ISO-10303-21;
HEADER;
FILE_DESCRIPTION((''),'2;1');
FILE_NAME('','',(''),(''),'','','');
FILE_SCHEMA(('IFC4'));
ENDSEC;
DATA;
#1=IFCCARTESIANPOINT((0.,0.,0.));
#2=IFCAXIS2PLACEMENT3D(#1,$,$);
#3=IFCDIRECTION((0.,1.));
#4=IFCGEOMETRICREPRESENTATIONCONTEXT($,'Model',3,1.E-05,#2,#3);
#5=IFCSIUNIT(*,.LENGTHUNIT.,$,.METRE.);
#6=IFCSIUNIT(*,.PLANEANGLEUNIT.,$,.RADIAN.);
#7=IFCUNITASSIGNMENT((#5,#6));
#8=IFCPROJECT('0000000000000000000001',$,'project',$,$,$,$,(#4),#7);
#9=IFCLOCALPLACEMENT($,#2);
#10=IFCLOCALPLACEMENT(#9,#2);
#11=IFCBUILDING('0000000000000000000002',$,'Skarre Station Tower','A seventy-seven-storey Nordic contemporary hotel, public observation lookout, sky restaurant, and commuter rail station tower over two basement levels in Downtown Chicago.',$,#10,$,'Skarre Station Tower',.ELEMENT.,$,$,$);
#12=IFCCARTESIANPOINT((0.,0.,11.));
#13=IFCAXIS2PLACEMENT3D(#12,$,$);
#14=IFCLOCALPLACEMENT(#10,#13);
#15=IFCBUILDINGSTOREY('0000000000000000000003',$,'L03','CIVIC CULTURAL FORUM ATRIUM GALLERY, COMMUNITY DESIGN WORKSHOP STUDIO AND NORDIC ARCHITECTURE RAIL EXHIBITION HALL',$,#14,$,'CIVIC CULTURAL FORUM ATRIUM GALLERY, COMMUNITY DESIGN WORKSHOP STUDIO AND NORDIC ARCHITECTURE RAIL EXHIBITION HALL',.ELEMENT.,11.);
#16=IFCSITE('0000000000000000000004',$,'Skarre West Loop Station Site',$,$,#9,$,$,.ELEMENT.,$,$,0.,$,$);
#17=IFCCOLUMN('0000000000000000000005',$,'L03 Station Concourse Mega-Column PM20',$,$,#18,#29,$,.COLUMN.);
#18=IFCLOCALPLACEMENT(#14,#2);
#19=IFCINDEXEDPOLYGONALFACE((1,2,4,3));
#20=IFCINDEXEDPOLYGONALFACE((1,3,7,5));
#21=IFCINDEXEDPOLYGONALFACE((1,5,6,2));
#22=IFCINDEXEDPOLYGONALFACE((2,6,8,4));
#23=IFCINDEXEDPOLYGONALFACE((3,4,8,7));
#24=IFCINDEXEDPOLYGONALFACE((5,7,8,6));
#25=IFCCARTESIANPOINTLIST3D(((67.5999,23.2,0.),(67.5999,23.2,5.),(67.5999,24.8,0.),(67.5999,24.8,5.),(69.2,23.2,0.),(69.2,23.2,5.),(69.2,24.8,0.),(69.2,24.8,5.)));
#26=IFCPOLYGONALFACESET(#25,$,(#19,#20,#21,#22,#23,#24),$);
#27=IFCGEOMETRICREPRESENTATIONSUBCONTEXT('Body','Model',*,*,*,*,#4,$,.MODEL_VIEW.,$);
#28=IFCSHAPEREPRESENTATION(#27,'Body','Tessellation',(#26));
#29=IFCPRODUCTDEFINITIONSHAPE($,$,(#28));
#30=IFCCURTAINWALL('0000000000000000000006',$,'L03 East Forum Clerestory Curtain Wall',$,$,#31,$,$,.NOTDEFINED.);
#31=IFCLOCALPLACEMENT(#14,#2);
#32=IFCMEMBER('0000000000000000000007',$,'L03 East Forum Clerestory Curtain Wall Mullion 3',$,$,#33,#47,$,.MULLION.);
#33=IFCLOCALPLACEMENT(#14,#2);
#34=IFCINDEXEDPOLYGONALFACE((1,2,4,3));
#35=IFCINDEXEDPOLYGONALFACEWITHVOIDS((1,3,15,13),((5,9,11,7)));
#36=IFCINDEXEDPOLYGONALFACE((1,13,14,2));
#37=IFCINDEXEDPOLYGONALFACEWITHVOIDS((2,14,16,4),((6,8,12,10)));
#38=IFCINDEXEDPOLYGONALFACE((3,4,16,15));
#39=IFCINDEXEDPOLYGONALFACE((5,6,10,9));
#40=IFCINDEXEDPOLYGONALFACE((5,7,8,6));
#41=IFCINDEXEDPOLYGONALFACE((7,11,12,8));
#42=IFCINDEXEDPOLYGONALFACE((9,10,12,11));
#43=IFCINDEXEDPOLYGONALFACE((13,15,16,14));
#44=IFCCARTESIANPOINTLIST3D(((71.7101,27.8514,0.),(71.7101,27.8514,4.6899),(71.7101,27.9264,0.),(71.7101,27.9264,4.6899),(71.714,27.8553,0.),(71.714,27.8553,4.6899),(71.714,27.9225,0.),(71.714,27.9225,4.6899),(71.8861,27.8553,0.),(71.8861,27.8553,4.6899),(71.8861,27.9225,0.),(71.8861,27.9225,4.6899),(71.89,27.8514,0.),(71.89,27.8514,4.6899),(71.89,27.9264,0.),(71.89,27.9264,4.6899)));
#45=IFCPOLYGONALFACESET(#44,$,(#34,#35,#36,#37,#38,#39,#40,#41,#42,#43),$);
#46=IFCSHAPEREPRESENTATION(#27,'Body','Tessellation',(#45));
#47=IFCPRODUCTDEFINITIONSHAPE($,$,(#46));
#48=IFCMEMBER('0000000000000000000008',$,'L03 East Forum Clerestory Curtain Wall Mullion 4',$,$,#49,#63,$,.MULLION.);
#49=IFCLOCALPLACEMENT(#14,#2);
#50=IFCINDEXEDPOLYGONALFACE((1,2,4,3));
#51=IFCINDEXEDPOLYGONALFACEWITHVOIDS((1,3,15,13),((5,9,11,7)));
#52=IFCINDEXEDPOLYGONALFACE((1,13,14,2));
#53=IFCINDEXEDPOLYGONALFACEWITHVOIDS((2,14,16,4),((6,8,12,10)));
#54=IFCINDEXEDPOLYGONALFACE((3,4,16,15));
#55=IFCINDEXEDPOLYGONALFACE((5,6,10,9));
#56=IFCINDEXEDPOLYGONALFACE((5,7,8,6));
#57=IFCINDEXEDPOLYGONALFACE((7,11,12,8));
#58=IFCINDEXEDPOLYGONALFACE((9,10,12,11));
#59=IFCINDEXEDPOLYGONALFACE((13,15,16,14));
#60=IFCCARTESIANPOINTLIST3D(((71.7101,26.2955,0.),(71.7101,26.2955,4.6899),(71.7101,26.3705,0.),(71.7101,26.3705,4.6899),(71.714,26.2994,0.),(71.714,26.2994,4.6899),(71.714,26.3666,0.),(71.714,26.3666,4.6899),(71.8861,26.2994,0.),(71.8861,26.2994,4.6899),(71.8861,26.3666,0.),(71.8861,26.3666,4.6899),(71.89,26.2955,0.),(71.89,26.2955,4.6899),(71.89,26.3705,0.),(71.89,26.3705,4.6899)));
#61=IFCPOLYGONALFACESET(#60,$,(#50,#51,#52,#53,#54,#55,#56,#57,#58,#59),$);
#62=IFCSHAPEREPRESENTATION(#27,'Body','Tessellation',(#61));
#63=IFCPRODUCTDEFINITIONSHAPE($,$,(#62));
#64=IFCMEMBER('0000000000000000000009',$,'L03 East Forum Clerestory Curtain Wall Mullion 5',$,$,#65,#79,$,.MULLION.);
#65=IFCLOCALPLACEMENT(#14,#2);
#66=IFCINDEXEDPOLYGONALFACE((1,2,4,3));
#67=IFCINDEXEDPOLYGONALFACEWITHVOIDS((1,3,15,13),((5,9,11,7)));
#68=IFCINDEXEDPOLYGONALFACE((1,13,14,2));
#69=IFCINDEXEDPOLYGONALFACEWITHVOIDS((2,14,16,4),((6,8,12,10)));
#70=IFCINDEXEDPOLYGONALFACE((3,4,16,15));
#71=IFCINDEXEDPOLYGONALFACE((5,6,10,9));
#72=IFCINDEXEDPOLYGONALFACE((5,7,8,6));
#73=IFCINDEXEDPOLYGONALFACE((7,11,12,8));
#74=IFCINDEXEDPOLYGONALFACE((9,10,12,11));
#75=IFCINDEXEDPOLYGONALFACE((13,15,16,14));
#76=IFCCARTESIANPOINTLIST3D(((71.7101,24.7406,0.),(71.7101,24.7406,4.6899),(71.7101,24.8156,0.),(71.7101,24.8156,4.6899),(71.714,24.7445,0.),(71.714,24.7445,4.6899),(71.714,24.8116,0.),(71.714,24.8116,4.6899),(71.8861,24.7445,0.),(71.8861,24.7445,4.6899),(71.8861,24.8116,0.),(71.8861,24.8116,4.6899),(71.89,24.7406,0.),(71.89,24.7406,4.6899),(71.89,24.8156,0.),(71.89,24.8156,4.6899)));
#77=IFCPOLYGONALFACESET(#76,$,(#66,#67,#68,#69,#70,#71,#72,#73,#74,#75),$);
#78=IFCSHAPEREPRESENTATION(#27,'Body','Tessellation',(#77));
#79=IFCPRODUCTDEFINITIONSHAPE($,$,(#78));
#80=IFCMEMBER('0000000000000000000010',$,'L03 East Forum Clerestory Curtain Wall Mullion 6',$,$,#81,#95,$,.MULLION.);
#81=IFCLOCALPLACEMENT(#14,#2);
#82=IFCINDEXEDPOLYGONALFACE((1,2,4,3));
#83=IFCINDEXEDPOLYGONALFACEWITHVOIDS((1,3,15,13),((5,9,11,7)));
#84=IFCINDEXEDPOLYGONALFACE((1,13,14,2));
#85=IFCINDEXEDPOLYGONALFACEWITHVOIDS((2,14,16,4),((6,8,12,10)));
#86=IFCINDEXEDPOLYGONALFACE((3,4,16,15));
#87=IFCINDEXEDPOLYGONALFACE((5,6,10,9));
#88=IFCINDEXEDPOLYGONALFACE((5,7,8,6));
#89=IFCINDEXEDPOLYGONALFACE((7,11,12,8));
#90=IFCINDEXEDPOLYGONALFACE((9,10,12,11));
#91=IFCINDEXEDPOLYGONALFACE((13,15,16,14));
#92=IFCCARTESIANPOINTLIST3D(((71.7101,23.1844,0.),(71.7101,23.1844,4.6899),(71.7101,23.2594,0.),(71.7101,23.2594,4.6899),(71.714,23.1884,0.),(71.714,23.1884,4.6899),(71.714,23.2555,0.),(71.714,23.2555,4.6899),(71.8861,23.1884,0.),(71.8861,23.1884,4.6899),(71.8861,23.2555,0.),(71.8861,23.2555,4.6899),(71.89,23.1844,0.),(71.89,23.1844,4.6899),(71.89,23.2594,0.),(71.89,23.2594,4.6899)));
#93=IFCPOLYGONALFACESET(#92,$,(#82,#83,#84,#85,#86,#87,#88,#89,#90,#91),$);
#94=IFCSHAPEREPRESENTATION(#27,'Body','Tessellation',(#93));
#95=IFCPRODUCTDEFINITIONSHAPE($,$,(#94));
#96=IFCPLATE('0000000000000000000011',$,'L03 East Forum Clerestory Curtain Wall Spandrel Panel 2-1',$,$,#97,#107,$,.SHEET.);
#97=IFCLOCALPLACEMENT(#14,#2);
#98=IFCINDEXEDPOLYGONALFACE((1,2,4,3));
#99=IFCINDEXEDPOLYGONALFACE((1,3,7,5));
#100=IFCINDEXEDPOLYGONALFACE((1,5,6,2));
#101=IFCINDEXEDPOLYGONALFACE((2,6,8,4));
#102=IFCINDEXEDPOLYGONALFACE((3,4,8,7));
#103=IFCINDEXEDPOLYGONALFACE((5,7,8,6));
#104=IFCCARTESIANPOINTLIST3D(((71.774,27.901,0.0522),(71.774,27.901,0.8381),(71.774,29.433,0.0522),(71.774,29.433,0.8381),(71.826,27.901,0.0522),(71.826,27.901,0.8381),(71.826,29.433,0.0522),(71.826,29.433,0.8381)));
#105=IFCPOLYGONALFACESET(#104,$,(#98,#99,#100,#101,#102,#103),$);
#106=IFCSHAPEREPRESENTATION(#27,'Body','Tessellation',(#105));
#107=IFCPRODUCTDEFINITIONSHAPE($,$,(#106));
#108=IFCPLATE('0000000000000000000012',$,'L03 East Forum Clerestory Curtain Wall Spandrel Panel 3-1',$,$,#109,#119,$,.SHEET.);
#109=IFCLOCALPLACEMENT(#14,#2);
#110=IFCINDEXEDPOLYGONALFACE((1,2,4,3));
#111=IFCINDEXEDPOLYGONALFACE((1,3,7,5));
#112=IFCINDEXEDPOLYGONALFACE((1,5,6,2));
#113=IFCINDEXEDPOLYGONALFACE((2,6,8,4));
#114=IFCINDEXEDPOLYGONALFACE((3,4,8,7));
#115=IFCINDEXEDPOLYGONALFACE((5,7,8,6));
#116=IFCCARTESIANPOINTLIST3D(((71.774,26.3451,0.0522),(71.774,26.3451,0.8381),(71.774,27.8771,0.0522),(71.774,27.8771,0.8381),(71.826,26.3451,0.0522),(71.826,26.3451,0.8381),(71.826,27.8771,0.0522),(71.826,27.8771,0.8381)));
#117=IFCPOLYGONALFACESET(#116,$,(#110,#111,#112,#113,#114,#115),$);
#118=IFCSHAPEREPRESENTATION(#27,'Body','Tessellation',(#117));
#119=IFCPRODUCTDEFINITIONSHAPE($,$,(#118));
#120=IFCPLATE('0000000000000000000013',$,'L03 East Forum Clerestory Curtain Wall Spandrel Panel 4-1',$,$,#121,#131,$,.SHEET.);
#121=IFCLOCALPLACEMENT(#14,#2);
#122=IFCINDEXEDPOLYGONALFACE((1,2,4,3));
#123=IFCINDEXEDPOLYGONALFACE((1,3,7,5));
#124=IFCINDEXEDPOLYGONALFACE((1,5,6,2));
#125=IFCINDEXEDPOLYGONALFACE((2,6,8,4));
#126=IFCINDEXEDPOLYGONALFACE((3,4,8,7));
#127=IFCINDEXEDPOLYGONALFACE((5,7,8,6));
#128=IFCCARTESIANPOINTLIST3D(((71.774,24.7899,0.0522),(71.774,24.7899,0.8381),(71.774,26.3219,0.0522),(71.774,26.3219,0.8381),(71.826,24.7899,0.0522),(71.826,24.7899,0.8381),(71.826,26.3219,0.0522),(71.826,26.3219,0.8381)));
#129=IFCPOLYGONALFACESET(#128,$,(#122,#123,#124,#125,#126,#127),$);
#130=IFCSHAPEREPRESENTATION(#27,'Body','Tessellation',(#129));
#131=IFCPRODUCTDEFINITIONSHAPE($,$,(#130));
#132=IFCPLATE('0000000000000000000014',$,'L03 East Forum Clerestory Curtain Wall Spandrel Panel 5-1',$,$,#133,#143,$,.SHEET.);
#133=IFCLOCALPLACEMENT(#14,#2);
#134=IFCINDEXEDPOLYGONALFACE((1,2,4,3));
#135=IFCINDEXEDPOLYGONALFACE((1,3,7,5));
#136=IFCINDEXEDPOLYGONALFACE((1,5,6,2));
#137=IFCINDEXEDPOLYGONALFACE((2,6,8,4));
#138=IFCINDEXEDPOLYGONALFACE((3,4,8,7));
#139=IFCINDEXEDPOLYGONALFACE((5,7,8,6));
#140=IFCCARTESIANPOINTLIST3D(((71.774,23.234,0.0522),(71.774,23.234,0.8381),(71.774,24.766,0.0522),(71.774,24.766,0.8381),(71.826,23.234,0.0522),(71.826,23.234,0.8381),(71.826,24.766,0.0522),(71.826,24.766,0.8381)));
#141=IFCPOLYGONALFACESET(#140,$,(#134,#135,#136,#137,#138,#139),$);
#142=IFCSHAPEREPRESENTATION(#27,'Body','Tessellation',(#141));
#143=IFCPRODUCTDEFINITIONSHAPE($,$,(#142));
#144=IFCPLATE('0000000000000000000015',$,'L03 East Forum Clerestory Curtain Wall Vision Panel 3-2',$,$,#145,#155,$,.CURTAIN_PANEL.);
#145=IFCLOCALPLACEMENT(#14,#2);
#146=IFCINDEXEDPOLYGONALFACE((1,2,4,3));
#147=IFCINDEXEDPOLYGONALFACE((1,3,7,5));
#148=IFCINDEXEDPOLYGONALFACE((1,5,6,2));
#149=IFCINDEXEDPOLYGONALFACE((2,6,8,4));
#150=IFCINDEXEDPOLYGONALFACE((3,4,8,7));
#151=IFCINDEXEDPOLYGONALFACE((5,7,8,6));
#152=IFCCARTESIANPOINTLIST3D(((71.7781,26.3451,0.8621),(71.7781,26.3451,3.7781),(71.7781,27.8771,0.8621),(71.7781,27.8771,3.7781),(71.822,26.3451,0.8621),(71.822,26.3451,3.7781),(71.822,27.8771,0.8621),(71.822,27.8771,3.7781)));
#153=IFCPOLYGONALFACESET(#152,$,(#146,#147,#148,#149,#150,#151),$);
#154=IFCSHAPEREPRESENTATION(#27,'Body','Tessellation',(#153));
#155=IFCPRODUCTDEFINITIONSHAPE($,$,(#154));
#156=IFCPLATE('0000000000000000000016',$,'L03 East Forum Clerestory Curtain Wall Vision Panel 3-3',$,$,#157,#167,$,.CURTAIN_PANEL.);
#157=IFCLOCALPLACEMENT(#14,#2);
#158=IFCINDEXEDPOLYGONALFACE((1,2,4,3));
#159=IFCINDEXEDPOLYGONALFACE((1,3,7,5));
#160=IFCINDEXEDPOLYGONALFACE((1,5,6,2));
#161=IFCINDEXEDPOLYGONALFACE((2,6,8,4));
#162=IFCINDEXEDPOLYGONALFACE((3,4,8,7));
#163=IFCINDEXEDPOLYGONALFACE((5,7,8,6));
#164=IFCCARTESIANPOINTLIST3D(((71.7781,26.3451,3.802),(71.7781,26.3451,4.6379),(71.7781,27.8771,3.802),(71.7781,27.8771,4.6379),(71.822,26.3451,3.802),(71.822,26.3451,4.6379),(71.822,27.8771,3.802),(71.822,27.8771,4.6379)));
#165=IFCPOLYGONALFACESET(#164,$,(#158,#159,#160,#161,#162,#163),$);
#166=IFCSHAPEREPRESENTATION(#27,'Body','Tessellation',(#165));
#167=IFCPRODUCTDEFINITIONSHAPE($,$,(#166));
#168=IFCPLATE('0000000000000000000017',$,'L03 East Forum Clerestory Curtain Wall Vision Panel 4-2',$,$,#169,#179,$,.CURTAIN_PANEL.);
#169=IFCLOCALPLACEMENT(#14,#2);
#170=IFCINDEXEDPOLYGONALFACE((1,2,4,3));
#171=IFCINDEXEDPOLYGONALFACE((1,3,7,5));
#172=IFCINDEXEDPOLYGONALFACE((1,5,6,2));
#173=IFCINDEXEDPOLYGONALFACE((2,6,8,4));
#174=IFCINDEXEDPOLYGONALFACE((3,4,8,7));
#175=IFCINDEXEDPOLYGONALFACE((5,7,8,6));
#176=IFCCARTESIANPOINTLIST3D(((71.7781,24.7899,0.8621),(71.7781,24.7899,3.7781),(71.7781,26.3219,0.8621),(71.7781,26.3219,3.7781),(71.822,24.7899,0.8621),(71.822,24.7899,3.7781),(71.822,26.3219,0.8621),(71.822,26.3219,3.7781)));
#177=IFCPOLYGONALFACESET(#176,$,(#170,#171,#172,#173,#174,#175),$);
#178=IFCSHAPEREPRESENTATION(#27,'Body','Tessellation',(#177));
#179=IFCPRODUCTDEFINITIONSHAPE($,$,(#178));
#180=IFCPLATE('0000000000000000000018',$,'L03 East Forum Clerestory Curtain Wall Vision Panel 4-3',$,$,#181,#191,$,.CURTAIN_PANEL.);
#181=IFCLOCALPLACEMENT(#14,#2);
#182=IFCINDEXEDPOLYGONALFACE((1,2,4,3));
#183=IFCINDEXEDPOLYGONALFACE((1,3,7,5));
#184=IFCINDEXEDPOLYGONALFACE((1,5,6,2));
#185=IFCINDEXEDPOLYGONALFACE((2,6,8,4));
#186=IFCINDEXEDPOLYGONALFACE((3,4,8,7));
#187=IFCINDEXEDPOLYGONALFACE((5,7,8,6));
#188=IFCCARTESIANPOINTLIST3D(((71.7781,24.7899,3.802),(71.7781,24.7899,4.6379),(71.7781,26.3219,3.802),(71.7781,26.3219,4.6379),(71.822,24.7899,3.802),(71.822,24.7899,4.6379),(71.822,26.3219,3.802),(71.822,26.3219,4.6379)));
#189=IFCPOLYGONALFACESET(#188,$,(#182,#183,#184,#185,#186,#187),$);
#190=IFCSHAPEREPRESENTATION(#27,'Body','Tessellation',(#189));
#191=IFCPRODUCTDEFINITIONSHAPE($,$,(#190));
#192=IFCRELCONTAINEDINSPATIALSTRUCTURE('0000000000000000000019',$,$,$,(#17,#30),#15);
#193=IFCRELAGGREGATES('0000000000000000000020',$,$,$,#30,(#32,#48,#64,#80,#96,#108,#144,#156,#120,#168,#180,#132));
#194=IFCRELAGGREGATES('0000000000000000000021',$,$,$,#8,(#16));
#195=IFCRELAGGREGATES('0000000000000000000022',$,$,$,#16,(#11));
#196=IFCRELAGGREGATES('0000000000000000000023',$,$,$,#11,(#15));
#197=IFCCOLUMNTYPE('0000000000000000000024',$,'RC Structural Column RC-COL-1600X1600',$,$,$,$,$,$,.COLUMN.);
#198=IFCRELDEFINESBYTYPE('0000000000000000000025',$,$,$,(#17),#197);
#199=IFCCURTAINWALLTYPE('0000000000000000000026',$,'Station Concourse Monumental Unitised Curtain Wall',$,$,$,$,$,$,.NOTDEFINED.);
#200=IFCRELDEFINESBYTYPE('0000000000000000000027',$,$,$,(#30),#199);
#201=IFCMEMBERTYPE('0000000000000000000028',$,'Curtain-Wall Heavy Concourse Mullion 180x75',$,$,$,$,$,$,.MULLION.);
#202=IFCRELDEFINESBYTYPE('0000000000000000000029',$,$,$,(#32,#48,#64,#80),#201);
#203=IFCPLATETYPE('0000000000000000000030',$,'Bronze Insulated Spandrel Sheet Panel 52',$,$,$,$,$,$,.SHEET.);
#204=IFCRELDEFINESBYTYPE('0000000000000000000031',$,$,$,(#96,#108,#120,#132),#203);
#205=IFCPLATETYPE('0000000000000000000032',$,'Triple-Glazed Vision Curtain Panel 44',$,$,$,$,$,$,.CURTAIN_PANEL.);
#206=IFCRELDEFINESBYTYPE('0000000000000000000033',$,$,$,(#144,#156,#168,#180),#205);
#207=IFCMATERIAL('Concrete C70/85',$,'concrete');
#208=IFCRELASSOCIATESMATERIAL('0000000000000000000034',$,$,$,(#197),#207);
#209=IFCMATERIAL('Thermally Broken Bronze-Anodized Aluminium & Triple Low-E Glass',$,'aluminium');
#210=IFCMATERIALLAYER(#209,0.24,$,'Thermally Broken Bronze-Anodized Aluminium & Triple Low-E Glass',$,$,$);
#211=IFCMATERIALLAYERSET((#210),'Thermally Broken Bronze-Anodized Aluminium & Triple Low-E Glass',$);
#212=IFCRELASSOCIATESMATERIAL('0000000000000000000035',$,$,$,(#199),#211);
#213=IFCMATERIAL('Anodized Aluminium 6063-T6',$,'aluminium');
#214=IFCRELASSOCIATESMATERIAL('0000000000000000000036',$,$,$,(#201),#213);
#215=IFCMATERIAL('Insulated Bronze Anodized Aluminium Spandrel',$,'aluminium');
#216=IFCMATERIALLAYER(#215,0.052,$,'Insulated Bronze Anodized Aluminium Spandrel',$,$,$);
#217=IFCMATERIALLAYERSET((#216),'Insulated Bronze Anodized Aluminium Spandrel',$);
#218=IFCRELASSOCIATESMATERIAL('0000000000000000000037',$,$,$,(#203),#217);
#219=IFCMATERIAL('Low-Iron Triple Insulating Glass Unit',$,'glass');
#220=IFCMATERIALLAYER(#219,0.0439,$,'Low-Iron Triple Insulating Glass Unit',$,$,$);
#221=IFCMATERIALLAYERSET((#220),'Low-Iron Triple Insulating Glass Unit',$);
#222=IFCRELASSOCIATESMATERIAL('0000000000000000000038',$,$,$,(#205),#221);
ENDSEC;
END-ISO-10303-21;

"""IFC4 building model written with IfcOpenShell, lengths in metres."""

from ifc_helpers import new_model, si_unit, direction, frame, origin, origin_2d, place, context, subcontext, project, spatial, rectangle, hollow_rectangle, extrude, material, layer, layer_set, material_profile, profile_set, type_object, element, aggregate, save


model = new_model("IFC4")

# Units and contexts
model_context = context("Model", 3, precision=1e-05, world=origin(), true_north=direction((0.0, 1.0)))
body_context = subcontext(model_context, "Body", "Model", "MODEL_VIEW")
ifc_project = project(units=[si_unit("LENGTHUNIT", "METRE"), si_unit("PLANEANGLEUNIT", "RADIAN")], contexts=[model_context])

# Site, building, storey
site_placement = place(None, origin())
site = spatial("IfcSite", under=ifc_project, at=site_placement, Name="Skarre West Loop Station Site", CompositionType="ELEMENT", RefElevation=0.0)
building_placement = place(site_placement, origin())
building = spatial("IfcBuilding", under=site, at=building_placement, Name="Skarre Station Tower", Description="A seventy-seven-storey Nordic contemporary hotel, public observation lookout, sky restaurant, and commuter rail station tower over two basement levels in Downtown Chicago.", LongName="Skarre Station Tower", CompositionType="ELEMENT")
storey_placement = place(building_placement, frame((0.0, 0.0, 11.0)))
storey = spatial("IfcBuildingStorey", under=building, at=storey_placement, Name="L03", Description="CIVIC CULTURAL FORUM ATRIUM GALLERY, COMMUNITY DESIGN WORKSHOP STUDIO AND NORDIC ARCHITECTURE RAIL EXHIBITION HALL", LongName="CIVIC CULTURAL FORUM ATRIUM GALLERY, COMMUNITY DESIGN WORKSHOP STUDIO AND NORDIC ARCHITECTURE RAIL EXHIBITION HALL", CompositionType="ELEMENT", Elevation=11.0)

# Column
ifc_material_1 = material(Name="Concrete C70/85", Category="concrete")
ifc_material_profile_1 = material_profile(ifc_material_1, rectangle(XDim=1.6001, YDim=1.6001, at=origin_2d()), Name="Concrete C70/85")
ifc_profile_set_1 = profile_set([ifc_material_profile_1], Name="Concrete C70/85")
column_type = type_object("IfcColumnType", Name="RC Structural Column RC-COL-1600X1600", PredefinedType="COLUMN", material=ifc_profile_set_1)
column_placement = place(storey_placement, frame((68.3999, 24.0, 0.0), z_axis=(0.0, 0.0, 1.0), x_axis=(1.0, 0.0, 0.0)))
element("IfcColumn", 1, at=column_placement, inside=storey, type_object=column_type, Name="L03 Station Concourse Mega-Column PM20", PredefinedType="COLUMN", context=body_context, shape_type="SweptSolid", body=[
    extrude(rectangle(XDim=1.6001, YDim=1.6001, at=origin_2d()), origin(), (0.0, 0.0, 1.0), 5.0),
])

# Curtain wall, members, plates
ifc_material_2 = material(Name="Thermally Broken Bronze-Anodized Aluminium & Triple Low-E Glass", Category="aluminium")
ifc_layer_1 = layer(ifc_material_2, 0.24, Name="Thermally Broken Bronze-Anodized Aluminium & Triple Low-E Glass")
ifc_layer_set_1 = layer_set([ifc_layer_1], Name="Thermally Broken Bronze-Anodized Aluminium & Triple Low-E Glass")
curtain_wall_type = type_object("IfcCurtainWallType", Name="Station Concourse Monumental Unitised Curtain Wall", PredefinedType="NOTDEFINED", material=ifc_layer_set_1)
curtain_wall_placement = place(storey_placement, origin())
curtain_wall = element("IfcCurtainWall", 2, at=curtain_wall_placement, inside=storey, type_object=curtain_wall_type, Name="L03 East Forum Clerestory Curtain Wall", PredefinedType="NOTDEFINED")
ifc_material_3 = material(Name="Anodized Aluminium 6063-T6", Category="aluminium")
ifc_material_profile_2 = material_profile(ifc_material_3, hollow_rectangle(XDim=0.075, YDim=0.1799, WallThickness=0.0039, at=origin_2d()), Name="Anodized Aluminium 6063-T6")
ifc_profile_set_2 = profile_set([ifc_material_profile_2], Name="Anodized Aluminium 6063-T6")
member_type = type_object("IfcMemberType", Name="Curtain-Wall Heavy Concourse Mullion 180x75", PredefinedType="MULLION", material=ifc_profile_set_2)
member_1_placement = place(storey_placement, frame((71.8, 27.8889, 0.0), z_axis=(0.0, 0.0, 1.0), x_axis=(0.0, -1.0, 0.0)))
member_1 = element("IfcMember", 3, at=member_1_placement, type_object=member_type, Name="L03 East Forum Clerestory Curtain Wall Mullion 3", PredefinedType="MULLION", context=body_context, shape_type="SweptSolid", body=[
    extrude(hollow_rectangle(XDim=0.075, YDim=0.1799, WallThickness=0.0039, at=origin_2d()), origin(), (0.0, 0.0, 1.0), 4.6899),
])
member_2_placement = place(storey_placement, frame((71.8, 26.333, 0.0), z_axis=(0.0, 0.0, 1.0), x_axis=(0.0, -1.0, 0.0)))
member_2 = element("IfcMember", 4, at=member_2_placement, type_object=member_type, Name="L03 East Forum Clerestory Curtain Wall Mullion 4", PredefinedType="MULLION", context=body_context, shape_type="SweptSolid", body=[
    extrude(hollow_rectangle(XDim=0.075, YDim=0.1799, WallThickness=0.0039, at=origin_2d()), origin(), (0.0, 0.0, 1.0), 4.6899),
])
member_3_placement = place(storey_placement, frame((71.8, 24.7781, 0.0), z_axis=(0.0, 0.0, 1.0), x_axis=(0.0, -1.0, 0.0)))
member_3 = element("IfcMember", 5, at=member_3_placement, type_object=member_type, Name="L03 East Forum Clerestory Curtain Wall Mullion 5", PredefinedType="MULLION", context=body_context, shape_type="SweptSolid", body=[
    extrude(hollow_rectangle(XDim=0.075, YDim=0.1799, WallThickness=0.0039, at=origin_2d()), origin(), (0.0, 0.0, 1.0), 4.6899),
])
member_4_placement = place(storey_placement, frame((71.8, 23.2219, 0.0), z_axis=(0.0, 0.0, 1.0), x_axis=(0.0, -1.0, 0.0)))
member_4 = element("IfcMember", 6, at=member_4_placement, type_object=member_type, Name="L03 East Forum Clerestory Curtain Wall Mullion 6", PredefinedType="MULLION", context=body_context, shape_type="SweptSolid", body=[
    extrude(hollow_rectangle(XDim=0.075, YDim=0.1799, WallThickness=0.0039, at=origin_2d()), origin(), (0.0, 0.0, 1.0), 4.6899),
])
ifc_material_4 = material(Name="Insulated Bronze Anodized Aluminium Spandrel", Category="aluminium")
ifc_layer_2 = layer(ifc_material_4, 0.052, Name="Insulated Bronze Anodized Aluminium Spandrel")
ifc_layer_set_2 = layer_set([ifc_layer_2], Name="Insulated Bronze Anodized Aluminium Spandrel")
plate_type_1 = type_object("IfcPlateType", Name="Bronze Insulated Spandrel Sheet Panel 52", PredefinedType="SHEET", material=ifc_layer_set_2)
plate_1_placement = place(storey_placement, frame((71.8, 28.667, 0.0522), z_axis=(0.0, 0.0, 1.0), x_axis=(0.0, -1.0, 0.0)))
plate_1 = element("IfcPlate", 7, at=plate_1_placement, type_object=plate_type_1, Name="L03 East Forum Clerestory Curtain Wall Spandrel Panel 2-1", PredefinedType="SHEET", context=body_context, shape_type="SweptSolid", body=[
    extrude(rectangle(XDim=1.532, YDim=0.052, at=origin_2d()), origin(), (0.0, 0.0, 1.0), 0.7859),
])
plate_2_placement = place(storey_placement, frame((71.8, 27.1111, 0.0522), z_axis=(0.0, 0.0, 1.0), x_axis=(0.0, -1.0, 0.0)))
plate_2 = element("IfcPlate", 8, at=plate_2_placement, type_object=plate_type_1, Name="L03 East Forum Clerestory Curtain Wall Spandrel Panel 3-1", PredefinedType="SHEET", context=body_context, shape_type="SweptSolid", body=[
    extrude(rectangle(XDim=1.532, YDim=0.052, at=origin_2d()), origin(), (0.0, 0.0, 1.0), 0.7859),
])
plate_3_placement = place(storey_placement, frame((71.8, 25.5559, 0.0522), z_axis=(0.0, 0.0, 1.0), x_axis=(0.0, -1.0, 0.0)))
plate_3 = element("IfcPlate", 9, at=plate_3_placement, type_object=plate_type_1, Name="L03 East Forum Clerestory Curtain Wall Spandrel Panel 4-1", PredefinedType="SHEET", context=body_context, shape_type="SweptSolid", body=[
    extrude(rectangle(XDim=1.532, YDim=0.052, at=origin_2d()), origin(), (0.0, 0.0, 1.0), 0.7859),
])
plate_4_placement = place(storey_placement, frame((71.8, 24.0, 0.0522), z_axis=(0.0, 0.0, 1.0), x_axis=(0.0, -1.0, 0.0)))
plate_4 = element("IfcPlate", 10, at=plate_4_placement, type_object=plate_type_1, Name="L03 East Forum Clerestory Curtain Wall Spandrel Panel 5-1", PredefinedType="SHEET", context=body_context, shape_type="SweptSolid", body=[
    extrude(rectangle(XDim=1.532, YDim=0.052, at=origin_2d()), origin(), (0.0, 0.0, 1.0), 0.7859),
])
ifc_material_5 = material(Name="Low-Iron Triple Insulating Glass Unit", Category="glass")
ifc_layer_3 = layer(ifc_material_5, 0.0439, Name="Low-Iron Triple Insulating Glass Unit")
ifc_layer_set_3 = layer_set([ifc_layer_3], Name="Low-Iron Triple Insulating Glass Unit")
plate_type_2 = type_object("IfcPlateType", Name="Triple-Glazed Vision Curtain Panel 44", PredefinedType="CURTAIN_PANEL", material=ifc_layer_set_3)
plate_5_placement = place(storey_placement, frame((71.8, 27.1111, 0.8621), z_axis=(0.0, 0.0, 1.0), x_axis=(0.0, -1.0, 0.0)))
plate_5 = element("IfcPlate", 11, at=plate_5_placement, type_object=plate_type_2, Name="L03 East Forum Clerestory Curtain Wall Vision Panel 3-2", PredefinedType="CURTAIN_PANEL", context=body_context, shape_type="SweptSolid", body=[
    extrude(rectangle(XDim=1.532, YDim=0.0439, at=origin_2d()), origin(), (0.0, 0.0, 1.0), 2.916),
])
plate_6_placement = place(storey_placement, frame((71.8, 27.1111, 3.802), z_axis=(0.0, 0.0, 1.0), x_axis=(0.0, -1.0, 0.0)))
plate_6 = element("IfcPlate", 12, at=plate_6_placement, type_object=plate_type_2, Name="L03 East Forum Clerestory Curtain Wall Vision Panel 3-3", PredefinedType="CURTAIN_PANEL", context=body_context, shape_type="SweptSolid", body=[
    extrude(rectangle(XDim=1.532, YDim=0.0439, at=origin_2d()), origin(), (0.0, 0.0, 1.0), 0.8359),
])
plate_7_placement = place(storey_placement, frame((71.8, 25.5559, 0.8621), z_axis=(0.0, 0.0, 1.0), x_axis=(0.0, -1.0, 0.0)))
plate_7 = element("IfcPlate", 13, at=plate_7_placement, type_object=plate_type_2, Name="L03 East Forum Clerestory Curtain Wall Vision Panel 4-2", PredefinedType="CURTAIN_PANEL", context=body_context, shape_type="SweptSolid", body=[
    extrude(rectangle(XDim=1.532, YDim=0.0439, at=origin_2d()), origin(), (0.0, 0.0, 1.0), 2.916),
])
plate_8_placement = place(storey_placement, frame((71.8, 25.5559, 3.802), z_axis=(0.0, 0.0, 1.0), x_axis=(0.0, -1.0, 0.0)))
plate_8 = element("IfcPlate", 14, at=plate_8_placement, type_object=plate_type_2, Name="L03 East Forum Clerestory Curtain Wall Vision Panel 4-3", PredefinedType="CURTAIN_PANEL", context=body_context, shape_type="SweptSolid", body=[
    extrude(rectangle(XDim=1.532, YDim=0.0439, at=origin_2d()), origin(), (0.0, 0.0, 1.0), 0.8359),
])
aggregate(curtain_wall, [member_1, member_2, member_3, member_4, plate_1, plate_2, plate_5, plate_6, plate_3, plate_7, plate_8, plate_4])

save(model, "model.ifc")
